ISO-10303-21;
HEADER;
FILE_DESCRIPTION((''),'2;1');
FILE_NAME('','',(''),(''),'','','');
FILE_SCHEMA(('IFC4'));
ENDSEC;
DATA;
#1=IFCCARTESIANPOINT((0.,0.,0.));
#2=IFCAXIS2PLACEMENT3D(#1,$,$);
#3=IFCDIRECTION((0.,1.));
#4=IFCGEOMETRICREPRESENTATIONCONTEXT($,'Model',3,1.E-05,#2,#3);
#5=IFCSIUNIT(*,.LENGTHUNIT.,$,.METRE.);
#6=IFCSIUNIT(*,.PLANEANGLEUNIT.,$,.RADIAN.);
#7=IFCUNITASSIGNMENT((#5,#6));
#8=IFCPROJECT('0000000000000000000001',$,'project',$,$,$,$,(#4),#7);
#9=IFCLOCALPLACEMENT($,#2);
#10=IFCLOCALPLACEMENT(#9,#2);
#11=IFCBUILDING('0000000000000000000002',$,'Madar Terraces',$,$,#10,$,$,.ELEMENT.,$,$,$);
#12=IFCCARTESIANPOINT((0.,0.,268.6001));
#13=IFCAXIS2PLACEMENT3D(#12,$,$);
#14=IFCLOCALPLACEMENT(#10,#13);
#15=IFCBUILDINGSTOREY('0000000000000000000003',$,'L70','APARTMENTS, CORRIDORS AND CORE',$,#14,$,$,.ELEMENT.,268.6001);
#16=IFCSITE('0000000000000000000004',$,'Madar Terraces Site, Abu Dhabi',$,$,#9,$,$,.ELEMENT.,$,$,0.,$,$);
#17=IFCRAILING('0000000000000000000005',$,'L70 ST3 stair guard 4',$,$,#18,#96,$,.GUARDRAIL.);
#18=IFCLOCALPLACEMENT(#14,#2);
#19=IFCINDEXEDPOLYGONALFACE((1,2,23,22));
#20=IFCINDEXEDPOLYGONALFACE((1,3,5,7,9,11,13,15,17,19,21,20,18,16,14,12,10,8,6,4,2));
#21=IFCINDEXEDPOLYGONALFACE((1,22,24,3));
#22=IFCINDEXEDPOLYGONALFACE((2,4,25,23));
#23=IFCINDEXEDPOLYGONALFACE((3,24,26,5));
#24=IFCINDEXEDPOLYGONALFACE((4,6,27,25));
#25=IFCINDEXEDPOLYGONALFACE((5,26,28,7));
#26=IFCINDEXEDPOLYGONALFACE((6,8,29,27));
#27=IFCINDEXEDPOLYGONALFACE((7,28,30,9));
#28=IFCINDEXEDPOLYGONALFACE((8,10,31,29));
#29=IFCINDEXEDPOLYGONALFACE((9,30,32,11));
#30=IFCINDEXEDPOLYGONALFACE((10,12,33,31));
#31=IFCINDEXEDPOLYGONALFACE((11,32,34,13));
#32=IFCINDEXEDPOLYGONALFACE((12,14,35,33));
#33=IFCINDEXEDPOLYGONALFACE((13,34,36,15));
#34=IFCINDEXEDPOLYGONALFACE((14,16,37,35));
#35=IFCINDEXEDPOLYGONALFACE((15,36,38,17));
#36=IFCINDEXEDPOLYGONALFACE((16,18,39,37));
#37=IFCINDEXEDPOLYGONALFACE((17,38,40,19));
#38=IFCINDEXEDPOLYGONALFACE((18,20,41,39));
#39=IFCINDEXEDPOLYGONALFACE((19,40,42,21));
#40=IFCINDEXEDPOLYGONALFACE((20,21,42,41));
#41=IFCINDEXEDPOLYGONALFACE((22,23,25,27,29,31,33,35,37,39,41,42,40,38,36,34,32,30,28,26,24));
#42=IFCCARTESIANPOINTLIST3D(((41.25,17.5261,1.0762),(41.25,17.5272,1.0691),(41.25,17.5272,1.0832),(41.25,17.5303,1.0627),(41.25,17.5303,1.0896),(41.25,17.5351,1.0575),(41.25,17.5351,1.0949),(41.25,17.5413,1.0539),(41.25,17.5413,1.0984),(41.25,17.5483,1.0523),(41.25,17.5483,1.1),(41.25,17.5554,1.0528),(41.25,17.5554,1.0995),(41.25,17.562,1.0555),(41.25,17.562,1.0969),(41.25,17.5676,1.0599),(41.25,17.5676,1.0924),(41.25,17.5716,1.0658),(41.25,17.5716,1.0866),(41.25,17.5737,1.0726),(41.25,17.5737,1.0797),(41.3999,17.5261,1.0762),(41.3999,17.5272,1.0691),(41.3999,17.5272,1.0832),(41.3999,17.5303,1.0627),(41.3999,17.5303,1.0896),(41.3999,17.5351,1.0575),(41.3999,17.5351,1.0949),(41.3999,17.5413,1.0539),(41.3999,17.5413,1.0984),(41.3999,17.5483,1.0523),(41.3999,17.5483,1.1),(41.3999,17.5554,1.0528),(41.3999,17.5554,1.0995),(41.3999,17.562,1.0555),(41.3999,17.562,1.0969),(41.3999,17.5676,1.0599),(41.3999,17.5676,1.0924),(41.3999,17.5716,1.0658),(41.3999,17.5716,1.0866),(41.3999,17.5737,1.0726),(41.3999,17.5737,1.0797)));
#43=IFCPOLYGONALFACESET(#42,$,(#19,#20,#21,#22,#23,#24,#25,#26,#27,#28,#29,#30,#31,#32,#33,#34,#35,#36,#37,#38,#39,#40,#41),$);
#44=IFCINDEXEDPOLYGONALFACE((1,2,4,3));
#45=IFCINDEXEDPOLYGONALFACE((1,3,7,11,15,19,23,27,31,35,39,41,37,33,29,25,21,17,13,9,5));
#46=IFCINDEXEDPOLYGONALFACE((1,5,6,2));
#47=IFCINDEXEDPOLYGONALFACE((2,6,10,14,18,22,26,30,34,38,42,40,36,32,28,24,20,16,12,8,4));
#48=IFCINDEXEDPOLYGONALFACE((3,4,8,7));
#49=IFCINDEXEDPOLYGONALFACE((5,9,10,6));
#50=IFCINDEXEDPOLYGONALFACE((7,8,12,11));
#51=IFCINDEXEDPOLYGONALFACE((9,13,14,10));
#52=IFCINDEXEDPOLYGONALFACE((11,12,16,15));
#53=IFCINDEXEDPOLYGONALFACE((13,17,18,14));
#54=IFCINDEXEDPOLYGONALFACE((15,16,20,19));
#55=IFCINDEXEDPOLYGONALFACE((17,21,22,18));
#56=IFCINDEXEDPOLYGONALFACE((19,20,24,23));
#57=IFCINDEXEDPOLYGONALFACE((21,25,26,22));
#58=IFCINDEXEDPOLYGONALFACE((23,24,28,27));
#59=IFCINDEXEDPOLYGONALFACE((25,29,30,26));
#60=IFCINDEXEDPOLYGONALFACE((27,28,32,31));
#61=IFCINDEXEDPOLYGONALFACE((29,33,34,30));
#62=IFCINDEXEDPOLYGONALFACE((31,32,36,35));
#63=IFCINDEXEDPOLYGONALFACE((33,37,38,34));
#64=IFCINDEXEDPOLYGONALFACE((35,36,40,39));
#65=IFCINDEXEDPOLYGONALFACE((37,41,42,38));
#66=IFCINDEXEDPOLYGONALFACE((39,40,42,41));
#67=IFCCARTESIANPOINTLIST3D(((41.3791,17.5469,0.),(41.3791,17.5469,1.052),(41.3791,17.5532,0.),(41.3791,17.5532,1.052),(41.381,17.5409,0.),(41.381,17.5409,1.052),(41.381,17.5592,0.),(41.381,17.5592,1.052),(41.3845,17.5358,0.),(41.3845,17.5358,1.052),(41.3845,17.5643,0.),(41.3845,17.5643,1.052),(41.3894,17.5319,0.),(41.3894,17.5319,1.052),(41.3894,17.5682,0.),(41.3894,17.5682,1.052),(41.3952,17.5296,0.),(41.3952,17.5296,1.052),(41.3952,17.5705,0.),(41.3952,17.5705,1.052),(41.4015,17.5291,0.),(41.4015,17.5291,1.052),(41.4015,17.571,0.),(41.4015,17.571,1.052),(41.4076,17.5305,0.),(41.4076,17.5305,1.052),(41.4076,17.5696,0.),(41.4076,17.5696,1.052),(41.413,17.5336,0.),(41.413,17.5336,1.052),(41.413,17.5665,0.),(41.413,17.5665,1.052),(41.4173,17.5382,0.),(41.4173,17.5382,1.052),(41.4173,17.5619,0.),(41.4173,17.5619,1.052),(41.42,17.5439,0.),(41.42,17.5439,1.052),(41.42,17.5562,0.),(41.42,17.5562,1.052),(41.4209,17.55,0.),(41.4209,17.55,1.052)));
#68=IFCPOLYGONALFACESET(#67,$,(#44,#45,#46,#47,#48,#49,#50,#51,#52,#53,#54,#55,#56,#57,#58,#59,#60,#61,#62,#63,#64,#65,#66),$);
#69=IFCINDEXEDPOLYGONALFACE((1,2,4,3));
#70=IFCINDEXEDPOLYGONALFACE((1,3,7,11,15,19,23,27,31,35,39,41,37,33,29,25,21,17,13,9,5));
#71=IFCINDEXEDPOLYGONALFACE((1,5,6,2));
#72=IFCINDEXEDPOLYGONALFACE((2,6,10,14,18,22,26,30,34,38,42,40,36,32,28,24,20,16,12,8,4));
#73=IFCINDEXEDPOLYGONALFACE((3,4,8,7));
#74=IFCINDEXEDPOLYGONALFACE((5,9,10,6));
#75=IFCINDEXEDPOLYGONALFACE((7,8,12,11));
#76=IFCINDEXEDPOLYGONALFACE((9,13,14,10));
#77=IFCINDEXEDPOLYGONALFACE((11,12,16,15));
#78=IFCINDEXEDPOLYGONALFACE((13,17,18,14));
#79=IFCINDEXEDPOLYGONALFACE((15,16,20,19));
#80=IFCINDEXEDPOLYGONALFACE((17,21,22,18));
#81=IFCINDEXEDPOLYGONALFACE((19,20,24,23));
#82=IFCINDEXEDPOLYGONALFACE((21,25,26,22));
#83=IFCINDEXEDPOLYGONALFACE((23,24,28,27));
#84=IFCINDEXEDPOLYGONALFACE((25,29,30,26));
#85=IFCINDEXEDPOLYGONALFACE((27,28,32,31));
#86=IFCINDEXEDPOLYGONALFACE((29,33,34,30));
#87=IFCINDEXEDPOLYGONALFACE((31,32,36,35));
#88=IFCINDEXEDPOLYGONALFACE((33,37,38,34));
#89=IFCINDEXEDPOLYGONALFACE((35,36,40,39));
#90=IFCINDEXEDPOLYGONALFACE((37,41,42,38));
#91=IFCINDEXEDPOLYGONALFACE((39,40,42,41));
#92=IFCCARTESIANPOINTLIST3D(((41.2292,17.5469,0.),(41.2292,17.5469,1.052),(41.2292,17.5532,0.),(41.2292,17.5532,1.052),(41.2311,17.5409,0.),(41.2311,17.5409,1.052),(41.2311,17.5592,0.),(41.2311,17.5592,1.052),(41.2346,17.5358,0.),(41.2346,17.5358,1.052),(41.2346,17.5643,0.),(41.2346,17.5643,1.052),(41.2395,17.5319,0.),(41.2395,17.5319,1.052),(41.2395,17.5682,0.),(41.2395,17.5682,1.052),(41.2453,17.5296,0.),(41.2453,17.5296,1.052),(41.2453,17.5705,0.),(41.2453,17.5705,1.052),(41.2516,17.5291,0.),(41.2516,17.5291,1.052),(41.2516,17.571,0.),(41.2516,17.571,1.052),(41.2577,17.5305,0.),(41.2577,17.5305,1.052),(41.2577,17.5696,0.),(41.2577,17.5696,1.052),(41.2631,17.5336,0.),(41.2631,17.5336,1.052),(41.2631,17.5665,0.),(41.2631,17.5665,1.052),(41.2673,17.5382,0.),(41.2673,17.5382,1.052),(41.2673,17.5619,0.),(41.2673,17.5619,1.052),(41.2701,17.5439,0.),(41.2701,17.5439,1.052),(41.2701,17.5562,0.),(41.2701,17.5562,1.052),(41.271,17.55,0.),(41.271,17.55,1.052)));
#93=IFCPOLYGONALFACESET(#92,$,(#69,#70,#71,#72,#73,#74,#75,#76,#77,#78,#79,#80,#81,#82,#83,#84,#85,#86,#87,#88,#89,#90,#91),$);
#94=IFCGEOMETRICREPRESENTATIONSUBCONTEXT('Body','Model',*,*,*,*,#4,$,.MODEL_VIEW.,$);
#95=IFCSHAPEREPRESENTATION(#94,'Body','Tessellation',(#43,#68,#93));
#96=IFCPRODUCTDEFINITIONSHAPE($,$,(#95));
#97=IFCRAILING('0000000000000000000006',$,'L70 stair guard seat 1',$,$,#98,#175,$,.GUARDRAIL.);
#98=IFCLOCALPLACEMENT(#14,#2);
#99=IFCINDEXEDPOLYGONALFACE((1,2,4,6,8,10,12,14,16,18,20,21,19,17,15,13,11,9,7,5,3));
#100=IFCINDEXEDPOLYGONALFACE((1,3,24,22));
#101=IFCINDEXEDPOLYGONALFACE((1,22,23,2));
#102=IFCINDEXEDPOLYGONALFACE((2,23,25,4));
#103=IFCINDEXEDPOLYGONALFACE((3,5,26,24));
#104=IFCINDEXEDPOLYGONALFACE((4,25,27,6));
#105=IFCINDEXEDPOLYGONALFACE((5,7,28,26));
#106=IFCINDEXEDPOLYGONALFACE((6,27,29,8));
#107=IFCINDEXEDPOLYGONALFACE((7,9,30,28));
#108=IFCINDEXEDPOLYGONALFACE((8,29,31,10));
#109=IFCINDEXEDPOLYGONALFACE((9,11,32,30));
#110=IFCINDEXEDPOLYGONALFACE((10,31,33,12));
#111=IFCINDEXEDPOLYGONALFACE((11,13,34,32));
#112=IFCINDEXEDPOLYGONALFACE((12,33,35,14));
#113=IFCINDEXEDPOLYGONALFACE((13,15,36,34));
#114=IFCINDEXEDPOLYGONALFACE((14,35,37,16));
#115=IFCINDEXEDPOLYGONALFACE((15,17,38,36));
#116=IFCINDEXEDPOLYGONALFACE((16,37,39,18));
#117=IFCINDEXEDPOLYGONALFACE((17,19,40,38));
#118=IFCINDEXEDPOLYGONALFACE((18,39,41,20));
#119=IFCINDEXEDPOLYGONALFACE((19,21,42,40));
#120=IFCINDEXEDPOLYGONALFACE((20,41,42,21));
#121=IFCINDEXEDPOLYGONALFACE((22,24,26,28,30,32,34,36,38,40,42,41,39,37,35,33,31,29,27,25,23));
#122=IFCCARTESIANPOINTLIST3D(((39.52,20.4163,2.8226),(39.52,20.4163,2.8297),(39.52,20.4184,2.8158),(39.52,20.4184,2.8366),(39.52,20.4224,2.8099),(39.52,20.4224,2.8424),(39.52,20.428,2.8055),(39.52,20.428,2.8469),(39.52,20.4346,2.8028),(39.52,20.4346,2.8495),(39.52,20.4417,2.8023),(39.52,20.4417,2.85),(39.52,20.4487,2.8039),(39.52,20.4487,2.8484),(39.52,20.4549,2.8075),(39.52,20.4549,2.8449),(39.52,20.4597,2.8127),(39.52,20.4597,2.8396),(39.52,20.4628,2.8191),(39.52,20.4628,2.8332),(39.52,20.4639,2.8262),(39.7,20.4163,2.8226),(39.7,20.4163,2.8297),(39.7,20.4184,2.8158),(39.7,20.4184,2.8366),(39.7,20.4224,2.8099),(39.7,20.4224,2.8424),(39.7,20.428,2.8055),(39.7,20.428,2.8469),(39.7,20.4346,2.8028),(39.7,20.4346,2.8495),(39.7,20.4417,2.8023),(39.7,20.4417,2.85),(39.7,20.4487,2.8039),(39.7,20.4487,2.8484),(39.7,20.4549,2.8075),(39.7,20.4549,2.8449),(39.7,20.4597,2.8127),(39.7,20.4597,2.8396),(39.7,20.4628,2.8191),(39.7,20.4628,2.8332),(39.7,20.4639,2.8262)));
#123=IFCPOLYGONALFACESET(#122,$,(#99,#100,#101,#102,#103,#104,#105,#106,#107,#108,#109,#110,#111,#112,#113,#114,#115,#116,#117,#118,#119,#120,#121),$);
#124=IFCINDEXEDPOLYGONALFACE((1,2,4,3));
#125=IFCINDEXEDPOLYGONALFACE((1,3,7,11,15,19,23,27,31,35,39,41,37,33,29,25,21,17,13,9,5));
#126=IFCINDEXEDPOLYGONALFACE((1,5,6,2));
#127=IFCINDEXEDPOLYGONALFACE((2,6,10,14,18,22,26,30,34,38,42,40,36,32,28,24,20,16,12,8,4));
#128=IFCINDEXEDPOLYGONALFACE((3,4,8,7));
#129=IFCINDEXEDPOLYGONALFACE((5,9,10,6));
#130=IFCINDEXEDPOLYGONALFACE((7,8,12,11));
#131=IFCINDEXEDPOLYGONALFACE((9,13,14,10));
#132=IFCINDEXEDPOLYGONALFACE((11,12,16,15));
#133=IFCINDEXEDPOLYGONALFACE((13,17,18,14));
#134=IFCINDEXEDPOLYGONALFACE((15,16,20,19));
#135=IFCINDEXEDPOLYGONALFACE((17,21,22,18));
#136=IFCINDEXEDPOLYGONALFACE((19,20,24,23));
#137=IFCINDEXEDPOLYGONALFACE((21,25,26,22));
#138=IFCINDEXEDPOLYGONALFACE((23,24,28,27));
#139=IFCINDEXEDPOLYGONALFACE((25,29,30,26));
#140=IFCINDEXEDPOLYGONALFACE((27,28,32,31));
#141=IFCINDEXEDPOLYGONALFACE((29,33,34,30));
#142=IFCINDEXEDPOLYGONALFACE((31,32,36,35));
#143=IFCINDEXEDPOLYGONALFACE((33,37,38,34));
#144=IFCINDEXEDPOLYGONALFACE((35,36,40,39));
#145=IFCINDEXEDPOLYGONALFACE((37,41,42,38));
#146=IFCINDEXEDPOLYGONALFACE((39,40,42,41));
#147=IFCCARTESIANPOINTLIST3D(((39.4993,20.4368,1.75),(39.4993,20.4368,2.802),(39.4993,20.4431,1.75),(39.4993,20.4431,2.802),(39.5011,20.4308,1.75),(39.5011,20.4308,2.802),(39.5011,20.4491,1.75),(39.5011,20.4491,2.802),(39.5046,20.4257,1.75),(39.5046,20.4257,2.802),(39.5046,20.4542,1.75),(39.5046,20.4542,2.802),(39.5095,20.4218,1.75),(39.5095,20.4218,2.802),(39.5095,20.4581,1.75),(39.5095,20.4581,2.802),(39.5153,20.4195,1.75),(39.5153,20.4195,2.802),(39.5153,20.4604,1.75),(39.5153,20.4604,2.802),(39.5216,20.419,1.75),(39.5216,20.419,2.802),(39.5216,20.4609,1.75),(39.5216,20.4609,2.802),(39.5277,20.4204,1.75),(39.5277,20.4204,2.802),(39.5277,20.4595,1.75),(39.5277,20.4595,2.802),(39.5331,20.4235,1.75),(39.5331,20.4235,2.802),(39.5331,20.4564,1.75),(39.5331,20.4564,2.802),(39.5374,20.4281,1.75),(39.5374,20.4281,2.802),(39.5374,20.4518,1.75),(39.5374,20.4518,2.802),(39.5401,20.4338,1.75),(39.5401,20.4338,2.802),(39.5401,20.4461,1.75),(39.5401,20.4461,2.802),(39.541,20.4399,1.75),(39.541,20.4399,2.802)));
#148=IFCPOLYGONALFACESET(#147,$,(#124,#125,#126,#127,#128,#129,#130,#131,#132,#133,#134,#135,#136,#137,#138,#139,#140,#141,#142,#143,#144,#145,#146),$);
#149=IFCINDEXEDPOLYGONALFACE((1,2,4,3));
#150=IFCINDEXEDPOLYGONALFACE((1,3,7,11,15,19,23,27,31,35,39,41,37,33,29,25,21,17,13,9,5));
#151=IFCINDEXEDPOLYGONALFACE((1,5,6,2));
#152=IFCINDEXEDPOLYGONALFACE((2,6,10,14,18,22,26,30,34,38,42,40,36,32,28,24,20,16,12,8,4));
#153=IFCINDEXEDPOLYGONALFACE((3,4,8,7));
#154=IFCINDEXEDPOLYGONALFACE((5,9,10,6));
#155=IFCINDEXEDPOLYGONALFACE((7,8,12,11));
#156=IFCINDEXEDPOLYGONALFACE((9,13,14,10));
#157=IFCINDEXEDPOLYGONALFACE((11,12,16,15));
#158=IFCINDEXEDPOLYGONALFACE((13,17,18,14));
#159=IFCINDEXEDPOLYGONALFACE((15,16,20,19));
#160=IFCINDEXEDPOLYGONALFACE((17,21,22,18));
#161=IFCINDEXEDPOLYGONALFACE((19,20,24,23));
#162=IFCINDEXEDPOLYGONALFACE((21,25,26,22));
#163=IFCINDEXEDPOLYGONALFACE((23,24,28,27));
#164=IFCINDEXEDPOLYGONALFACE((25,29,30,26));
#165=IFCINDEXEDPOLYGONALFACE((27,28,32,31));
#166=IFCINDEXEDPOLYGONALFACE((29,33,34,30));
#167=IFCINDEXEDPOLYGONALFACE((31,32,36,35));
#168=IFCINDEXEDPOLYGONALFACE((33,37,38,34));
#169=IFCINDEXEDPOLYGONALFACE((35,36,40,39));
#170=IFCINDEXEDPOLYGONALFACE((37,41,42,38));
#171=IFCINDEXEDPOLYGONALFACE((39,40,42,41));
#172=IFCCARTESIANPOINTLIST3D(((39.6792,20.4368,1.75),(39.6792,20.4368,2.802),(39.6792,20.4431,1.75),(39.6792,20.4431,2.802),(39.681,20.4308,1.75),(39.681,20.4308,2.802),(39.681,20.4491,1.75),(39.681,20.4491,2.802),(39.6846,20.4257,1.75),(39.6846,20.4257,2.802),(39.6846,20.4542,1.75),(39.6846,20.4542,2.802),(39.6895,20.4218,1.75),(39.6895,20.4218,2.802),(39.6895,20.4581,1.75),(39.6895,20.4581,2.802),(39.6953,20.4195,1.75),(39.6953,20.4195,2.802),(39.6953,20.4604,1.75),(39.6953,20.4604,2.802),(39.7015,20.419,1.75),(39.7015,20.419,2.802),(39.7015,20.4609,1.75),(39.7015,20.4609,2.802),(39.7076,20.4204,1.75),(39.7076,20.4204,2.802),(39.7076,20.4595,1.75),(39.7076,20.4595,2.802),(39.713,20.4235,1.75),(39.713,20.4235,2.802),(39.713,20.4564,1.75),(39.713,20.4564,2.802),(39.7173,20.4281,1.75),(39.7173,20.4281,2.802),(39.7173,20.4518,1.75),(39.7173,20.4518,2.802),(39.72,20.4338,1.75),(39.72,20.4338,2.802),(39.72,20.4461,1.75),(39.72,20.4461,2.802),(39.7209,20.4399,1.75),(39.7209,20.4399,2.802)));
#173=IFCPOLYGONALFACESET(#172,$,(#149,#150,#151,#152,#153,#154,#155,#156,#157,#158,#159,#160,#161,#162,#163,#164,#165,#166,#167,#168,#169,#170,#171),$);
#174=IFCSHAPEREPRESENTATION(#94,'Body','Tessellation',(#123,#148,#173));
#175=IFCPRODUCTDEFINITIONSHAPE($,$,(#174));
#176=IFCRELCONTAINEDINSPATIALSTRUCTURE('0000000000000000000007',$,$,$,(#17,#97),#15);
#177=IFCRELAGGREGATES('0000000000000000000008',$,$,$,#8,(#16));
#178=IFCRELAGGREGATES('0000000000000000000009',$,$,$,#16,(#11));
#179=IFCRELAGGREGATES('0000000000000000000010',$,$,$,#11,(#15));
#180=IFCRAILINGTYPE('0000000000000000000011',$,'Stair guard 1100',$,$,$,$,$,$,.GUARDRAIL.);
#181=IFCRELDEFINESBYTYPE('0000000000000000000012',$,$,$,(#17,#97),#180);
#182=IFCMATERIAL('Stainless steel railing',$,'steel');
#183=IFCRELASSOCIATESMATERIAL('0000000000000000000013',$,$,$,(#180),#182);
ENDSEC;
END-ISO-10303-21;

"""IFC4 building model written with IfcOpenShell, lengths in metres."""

from ifc_helpers import new_model, si_unit, direction, frame, origin, origin_2d, place, context, subcontext, project, spatial, circle, extrude, material, type_object, element, save


model = new_model("IFC4")

# Units and contexts
model_context = context("Model", 3, precision=1e-05, world=origin(), true_north=direction((0.0, 1.0)))
body_context = subcontext(model_context, "Body", "Model", "MODEL_VIEW")
ifc_project = project(units=[si_unit("LENGTHUNIT", "METRE"), si_unit("PLANEANGLEUNIT", "RADIAN")], contexts=[model_context])

# Site, building, storey
site_placement = place(None, origin())
site = spatial("IfcSite", under=ifc_project, at=site_placement, Name="Madar Terraces Site, Abu Dhabi", CompositionType="ELEMENT", RefElevation=0.0)
building_placement = place(site_placement, origin())
building = spatial("IfcBuilding", under=site, at=building_placement, Name="Madar Terraces", CompositionType="ELEMENT")
storey_placement = place(building_placement, frame((0.0, 0.0, 268.6001)))
storey = spatial("IfcBuildingStorey", under=building, at=storey_placement, Name="L70", Description="APARTMENTS, CORRIDORS AND CORE", CompositionType="ELEMENT", Elevation=268.6001)

# Railings
ifc_material_1 = material(Name="Stainless steel railing", Category="steel")
railing_type_1 = type_object("IfcRailingType", Name="Stair guard 1100", PredefinedType="GUARDRAIL", material=ifc_material_1)
railing_1_placement = place(storey_placement, frame((41.3999, 17.55, 0.0)))
element("IfcRailing", 1, at=railing_1_placement, inside=storey, type_object=railing_type_1, Name="L70 ST3 stair guard 4", PredefinedType="GUARDRAIL", context=body_context, shape_type="SweptSolid", body=[
    extrude(circle(Radius=0.0239, at=origin_2d()), frame((0.0, 0.0, 1.0762), z_axis=(-1.0, 0.0, 0.0), x_axis=(0.0, -1.0, 0.0)), (0.0, 0.0, 1.0), 0.1499),
    extrude(circle(Radius=0.021, at=origin_2d()), origin(), (0.0, 0.0, 1.0), 1.052),
    extrude(circle(Radius=0.021, at=origin_2d()), frame((-0.1499, 0.0, 0.0)), (0.0, 0.0, 1.0), 1.052),
])
for number, where, name in (
    (2, (39.52, 20.4399, 1.75), "L70 stair guard seat 1"),
):
    element("IfcRailing", number, at=place(storey_placement, frame(where)), inside=storey, type_object=railing_type_1, Name=name, PredefinedType="GUARDRAIL", context=body_context, shape_type="SweptSolid", body=[
        extrude(circle(Radius=0.0239, at=origin_2d()), frame((0.0, 0.0, 1.0762), z_axis=(1.0, 0.0, 0.0), x_axis=(0.0, 1.0, 0.0)), (0.0, 0.0, 1.0), 0.1799),
        extrude(circle(Radius=0.021, at=origin_2d()), origin(), (0.0, 0.0, 1.0), 1.052),
        extrude(circle(Radius=0.021, at=origin_2d()), frame((0.1799, 0.0, 0.0)), (0.0, 0.0, 1.0), 1.052),
    ])

save(model, "model.ifc")
